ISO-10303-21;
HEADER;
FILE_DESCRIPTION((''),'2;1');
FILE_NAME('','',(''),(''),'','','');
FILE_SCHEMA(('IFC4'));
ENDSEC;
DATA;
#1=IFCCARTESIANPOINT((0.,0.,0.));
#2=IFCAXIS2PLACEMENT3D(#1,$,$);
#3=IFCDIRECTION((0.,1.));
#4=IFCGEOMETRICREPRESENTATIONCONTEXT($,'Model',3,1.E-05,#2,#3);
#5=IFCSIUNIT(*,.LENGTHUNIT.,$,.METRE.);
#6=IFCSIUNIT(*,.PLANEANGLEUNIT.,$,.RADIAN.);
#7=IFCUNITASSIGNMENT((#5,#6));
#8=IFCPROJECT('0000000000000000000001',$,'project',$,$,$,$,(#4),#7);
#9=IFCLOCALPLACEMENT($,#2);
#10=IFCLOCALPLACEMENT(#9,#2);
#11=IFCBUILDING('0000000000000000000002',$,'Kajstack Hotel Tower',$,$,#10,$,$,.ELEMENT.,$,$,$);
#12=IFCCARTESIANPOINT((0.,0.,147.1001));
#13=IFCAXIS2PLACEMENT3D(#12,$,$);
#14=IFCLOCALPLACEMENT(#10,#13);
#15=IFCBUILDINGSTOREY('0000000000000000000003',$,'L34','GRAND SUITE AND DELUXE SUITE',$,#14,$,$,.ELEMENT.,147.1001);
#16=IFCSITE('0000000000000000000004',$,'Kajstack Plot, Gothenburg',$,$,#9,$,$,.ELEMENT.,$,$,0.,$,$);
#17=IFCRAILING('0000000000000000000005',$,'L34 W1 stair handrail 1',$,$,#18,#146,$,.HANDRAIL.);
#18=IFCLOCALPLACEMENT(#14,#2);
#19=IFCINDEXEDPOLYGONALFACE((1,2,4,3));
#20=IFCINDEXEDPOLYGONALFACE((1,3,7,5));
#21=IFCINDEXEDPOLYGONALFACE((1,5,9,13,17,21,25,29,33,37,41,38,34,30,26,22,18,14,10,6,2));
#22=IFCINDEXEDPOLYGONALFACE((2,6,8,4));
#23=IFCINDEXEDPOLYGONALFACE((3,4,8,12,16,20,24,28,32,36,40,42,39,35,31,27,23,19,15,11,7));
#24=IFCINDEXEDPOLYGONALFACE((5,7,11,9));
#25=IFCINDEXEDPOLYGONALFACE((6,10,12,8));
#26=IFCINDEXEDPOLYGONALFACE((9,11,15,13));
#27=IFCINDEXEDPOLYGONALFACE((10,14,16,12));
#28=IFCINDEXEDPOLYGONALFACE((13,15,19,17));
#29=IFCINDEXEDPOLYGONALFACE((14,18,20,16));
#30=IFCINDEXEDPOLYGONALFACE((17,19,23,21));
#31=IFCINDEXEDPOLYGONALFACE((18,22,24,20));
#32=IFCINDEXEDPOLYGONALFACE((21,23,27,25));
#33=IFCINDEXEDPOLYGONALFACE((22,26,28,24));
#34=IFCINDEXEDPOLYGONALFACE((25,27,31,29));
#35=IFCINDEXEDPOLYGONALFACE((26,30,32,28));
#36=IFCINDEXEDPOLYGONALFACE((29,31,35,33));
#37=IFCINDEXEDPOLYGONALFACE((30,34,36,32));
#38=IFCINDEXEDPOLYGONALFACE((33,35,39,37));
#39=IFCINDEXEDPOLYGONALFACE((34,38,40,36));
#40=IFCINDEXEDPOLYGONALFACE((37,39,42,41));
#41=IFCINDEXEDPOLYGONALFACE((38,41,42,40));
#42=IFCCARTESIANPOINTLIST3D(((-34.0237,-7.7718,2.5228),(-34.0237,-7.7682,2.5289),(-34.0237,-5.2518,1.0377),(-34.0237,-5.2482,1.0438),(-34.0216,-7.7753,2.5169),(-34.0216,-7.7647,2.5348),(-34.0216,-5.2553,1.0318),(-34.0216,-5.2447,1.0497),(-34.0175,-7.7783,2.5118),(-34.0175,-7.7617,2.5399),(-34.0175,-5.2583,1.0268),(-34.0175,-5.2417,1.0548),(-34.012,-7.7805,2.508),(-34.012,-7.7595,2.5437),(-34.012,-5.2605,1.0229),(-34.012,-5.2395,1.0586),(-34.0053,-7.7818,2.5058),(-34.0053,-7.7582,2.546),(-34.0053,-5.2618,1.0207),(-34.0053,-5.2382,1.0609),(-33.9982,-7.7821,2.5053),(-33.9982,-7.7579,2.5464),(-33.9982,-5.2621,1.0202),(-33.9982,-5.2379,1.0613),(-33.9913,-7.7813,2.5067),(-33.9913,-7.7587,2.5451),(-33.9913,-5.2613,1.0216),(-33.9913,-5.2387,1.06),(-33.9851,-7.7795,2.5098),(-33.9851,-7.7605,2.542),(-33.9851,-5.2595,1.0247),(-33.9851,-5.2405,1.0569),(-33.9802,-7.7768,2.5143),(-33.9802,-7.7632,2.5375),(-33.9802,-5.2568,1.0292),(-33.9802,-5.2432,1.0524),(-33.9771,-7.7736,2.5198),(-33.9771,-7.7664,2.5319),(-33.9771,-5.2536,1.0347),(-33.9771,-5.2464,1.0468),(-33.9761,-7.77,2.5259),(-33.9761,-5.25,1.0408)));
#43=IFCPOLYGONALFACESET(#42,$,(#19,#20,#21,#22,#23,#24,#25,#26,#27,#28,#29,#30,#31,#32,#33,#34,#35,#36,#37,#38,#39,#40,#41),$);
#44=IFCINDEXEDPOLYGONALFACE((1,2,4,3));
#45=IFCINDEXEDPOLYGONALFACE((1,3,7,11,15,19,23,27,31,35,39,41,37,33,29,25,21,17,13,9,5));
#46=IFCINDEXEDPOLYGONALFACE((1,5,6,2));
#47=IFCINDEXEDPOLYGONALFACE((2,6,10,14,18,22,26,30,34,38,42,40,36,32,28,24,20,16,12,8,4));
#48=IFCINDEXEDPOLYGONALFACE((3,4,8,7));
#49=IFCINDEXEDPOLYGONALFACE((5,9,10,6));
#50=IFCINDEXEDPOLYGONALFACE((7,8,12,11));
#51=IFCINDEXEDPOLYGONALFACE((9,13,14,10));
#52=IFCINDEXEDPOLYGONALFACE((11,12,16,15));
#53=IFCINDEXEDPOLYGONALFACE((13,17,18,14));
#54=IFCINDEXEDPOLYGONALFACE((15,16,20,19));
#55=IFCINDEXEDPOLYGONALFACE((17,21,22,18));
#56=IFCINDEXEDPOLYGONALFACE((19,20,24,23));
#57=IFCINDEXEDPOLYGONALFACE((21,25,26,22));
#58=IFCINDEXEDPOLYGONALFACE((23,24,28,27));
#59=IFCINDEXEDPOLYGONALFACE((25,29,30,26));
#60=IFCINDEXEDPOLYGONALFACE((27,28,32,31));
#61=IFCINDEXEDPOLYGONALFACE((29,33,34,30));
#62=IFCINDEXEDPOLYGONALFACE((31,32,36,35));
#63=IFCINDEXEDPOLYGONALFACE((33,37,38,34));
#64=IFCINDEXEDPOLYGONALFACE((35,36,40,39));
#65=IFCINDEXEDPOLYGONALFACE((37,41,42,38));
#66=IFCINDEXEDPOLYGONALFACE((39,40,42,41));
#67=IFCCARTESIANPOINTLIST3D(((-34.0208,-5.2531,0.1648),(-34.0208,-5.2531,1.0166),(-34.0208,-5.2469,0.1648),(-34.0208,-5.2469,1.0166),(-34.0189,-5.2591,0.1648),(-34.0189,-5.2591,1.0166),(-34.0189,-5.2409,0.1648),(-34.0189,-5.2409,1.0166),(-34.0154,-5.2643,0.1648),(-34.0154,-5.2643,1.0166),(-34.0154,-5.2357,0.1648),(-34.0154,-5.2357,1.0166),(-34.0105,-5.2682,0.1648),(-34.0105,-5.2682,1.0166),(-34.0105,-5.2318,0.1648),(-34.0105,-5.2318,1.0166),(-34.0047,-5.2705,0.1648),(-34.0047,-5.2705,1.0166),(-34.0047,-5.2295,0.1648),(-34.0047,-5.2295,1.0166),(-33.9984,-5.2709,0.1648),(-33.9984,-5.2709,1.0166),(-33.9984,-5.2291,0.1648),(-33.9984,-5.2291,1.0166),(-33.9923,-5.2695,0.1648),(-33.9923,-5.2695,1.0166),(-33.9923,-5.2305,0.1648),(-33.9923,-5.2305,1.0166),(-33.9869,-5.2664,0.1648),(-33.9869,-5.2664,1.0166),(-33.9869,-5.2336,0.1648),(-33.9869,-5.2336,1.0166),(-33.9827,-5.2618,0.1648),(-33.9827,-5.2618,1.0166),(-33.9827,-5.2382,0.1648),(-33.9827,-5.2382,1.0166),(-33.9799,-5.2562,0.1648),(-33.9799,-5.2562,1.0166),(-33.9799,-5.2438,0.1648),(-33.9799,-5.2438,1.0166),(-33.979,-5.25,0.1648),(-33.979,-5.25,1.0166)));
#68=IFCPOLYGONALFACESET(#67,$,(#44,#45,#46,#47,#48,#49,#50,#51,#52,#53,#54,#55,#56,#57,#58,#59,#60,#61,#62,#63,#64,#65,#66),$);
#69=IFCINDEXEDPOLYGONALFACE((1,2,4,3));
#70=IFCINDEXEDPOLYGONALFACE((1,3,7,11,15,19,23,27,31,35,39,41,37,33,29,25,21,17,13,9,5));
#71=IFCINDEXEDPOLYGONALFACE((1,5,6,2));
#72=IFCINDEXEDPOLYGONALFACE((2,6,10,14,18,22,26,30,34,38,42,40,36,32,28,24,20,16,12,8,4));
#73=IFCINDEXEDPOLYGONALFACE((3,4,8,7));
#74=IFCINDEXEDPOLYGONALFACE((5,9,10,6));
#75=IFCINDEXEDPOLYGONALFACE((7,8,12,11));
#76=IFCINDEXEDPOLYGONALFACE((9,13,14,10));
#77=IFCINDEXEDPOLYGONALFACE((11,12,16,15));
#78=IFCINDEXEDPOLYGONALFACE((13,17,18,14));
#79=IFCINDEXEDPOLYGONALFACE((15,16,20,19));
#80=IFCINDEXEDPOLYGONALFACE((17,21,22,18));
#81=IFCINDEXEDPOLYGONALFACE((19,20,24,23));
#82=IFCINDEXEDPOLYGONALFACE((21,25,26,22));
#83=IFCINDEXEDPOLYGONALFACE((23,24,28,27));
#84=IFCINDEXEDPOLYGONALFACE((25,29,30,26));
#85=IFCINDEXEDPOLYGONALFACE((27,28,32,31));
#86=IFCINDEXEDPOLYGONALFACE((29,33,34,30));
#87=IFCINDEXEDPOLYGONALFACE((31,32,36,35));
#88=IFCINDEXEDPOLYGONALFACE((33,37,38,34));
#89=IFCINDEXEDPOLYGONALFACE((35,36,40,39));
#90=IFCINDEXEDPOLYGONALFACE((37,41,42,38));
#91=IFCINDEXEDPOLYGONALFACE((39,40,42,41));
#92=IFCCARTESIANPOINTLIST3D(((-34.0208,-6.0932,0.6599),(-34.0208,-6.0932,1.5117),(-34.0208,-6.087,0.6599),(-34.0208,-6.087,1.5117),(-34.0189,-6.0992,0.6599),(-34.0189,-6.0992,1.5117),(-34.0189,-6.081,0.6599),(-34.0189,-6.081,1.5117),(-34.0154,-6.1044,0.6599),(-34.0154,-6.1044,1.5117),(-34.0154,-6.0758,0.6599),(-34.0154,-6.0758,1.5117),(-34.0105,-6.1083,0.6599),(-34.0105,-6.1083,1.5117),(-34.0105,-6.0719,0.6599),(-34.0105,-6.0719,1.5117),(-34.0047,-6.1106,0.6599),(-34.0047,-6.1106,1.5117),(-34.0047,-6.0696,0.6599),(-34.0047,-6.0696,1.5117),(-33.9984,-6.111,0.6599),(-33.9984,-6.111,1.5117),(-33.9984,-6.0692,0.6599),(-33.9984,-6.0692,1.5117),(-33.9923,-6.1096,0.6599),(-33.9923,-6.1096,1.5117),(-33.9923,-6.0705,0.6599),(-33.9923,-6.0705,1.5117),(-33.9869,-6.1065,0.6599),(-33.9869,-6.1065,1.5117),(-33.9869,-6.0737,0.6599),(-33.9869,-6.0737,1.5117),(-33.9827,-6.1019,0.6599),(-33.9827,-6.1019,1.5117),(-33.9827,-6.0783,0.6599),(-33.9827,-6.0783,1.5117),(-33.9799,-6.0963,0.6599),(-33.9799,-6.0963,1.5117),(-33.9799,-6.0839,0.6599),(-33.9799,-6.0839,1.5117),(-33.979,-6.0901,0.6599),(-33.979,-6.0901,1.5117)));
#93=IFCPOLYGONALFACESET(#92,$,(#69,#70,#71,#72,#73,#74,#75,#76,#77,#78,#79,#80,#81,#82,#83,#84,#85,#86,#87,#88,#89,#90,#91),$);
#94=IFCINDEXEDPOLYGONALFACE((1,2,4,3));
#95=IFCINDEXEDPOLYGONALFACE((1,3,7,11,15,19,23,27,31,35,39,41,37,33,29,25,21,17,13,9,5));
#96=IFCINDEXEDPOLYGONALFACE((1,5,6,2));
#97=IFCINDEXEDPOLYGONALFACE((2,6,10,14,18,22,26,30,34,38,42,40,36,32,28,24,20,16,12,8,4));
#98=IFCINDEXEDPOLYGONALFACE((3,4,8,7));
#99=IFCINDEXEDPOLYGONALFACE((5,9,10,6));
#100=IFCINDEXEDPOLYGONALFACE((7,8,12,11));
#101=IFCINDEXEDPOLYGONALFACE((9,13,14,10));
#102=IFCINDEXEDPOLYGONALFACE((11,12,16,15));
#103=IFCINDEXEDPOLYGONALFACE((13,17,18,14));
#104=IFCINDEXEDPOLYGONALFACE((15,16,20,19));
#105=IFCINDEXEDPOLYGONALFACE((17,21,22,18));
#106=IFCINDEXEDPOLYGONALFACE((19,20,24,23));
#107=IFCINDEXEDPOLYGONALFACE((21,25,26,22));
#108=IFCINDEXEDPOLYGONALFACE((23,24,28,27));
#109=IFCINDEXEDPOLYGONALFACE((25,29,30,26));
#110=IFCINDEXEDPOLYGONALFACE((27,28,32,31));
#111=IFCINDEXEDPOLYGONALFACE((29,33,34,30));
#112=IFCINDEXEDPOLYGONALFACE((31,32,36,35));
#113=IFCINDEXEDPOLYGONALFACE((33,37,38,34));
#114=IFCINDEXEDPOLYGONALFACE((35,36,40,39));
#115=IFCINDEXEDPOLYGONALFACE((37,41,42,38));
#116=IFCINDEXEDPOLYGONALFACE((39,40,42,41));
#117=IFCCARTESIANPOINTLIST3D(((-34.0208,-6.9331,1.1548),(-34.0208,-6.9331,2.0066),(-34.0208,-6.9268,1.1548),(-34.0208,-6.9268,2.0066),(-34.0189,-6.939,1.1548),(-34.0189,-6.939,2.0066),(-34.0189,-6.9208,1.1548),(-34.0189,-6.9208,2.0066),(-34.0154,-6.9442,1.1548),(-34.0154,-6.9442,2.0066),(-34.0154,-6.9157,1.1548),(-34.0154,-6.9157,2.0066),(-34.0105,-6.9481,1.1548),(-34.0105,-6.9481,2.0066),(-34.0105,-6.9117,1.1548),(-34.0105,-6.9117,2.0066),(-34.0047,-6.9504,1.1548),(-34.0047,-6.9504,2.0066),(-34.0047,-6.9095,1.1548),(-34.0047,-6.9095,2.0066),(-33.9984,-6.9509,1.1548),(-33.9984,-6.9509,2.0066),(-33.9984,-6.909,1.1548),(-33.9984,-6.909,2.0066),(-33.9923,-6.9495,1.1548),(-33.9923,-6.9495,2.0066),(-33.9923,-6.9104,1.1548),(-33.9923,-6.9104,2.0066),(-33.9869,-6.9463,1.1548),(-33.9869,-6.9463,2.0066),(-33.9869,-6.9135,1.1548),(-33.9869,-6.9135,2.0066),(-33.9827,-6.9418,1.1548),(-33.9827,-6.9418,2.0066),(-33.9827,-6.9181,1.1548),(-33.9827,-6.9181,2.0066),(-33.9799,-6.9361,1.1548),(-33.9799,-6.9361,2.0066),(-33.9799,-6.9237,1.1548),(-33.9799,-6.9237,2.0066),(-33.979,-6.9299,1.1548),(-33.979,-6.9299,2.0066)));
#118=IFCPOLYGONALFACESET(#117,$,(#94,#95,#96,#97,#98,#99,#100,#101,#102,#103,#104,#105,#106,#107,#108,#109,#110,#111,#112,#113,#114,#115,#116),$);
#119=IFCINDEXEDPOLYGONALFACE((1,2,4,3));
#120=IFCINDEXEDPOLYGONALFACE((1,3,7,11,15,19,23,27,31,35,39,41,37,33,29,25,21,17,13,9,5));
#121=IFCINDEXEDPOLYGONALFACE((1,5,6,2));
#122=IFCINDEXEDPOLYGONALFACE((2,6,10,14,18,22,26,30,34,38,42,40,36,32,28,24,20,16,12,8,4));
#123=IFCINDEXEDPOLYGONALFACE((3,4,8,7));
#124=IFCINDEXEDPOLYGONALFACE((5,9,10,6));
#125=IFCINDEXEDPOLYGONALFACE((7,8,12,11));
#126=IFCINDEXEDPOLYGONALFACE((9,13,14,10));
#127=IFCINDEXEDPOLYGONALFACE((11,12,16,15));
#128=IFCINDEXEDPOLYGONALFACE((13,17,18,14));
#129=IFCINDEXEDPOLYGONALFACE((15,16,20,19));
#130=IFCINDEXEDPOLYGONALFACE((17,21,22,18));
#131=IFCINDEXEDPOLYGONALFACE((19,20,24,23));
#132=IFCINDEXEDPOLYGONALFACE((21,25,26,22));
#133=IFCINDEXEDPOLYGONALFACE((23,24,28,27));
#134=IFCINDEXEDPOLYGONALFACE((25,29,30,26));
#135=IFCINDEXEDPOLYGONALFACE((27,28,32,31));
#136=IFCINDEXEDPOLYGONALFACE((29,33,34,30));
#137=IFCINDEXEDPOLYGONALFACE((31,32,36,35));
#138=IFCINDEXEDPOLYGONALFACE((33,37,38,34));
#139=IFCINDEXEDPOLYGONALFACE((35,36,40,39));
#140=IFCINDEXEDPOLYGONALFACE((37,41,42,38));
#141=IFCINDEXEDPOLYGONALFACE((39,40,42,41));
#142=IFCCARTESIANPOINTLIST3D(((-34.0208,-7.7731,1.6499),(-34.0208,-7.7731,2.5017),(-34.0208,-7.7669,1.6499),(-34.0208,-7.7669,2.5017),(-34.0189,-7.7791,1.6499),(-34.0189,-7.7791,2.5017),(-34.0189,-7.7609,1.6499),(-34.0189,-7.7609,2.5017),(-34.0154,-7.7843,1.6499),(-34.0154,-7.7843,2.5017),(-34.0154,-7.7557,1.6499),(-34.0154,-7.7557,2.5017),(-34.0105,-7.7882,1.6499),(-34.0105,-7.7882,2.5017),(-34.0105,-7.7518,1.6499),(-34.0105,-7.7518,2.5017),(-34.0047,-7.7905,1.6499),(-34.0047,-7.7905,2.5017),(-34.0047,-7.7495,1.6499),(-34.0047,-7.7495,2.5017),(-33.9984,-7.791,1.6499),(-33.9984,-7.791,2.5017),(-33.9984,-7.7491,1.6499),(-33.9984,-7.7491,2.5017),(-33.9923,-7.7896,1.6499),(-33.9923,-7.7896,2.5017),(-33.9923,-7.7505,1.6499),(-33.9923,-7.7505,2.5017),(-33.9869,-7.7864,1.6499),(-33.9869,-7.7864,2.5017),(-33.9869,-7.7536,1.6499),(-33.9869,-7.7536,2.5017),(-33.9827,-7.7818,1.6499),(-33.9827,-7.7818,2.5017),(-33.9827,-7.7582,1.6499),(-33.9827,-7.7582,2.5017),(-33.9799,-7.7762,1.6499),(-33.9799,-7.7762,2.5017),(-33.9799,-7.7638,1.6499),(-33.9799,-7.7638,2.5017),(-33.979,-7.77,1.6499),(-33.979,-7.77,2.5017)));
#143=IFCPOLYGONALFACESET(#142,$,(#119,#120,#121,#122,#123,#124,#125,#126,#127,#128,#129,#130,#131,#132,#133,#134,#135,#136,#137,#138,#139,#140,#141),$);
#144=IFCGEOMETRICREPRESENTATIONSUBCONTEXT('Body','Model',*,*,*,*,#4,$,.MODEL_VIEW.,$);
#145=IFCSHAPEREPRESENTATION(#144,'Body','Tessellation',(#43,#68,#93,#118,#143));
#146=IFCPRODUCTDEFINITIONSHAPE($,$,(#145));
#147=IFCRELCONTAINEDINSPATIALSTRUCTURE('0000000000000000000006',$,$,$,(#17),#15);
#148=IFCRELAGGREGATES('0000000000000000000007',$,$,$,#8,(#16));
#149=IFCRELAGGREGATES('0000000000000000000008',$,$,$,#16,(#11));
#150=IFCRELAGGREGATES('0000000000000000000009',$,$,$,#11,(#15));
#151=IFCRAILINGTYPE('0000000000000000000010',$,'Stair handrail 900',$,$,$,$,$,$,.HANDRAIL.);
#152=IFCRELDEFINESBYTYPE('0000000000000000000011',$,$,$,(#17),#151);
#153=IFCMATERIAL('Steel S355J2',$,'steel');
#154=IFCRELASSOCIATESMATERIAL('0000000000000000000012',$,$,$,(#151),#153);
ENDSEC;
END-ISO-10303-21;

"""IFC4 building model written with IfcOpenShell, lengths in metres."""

from ifc_helpers import new_model, si_unit, direction, frame, origin, origin_2d, place, context, subcontext, project, spatial, circle, extrude, material, type_object, element, save


model = new_model("IFC4")

# Units and contexts
model_context = context("Model", 3, precision=1e-05, world=origin(), true_north=direction((0.0, 1.0)))
body_context = subcontext(model_context, "Body", "Model", "MODEL_VIEW")
ifc_project = project(units=[si_unit("LENGTHUNIT", "METRE"), si_unit("PLANEANGLEUNIT", "RADIAN")], contexts=[model_context])

# Site, building, storey
site_placement = place(None, origin())
site = spatial("IfcSite", under=ifc_project, at=site_placement, Name="Kajstack Plot, Gothenburg", CompositionType="ELEMENT", RefElevation=0.0)
building_placement = place(site_placement, origin())
building = spatial("IfcBuilding", under=site, at=building_placement, Name="Kajstack Hotel Tower", CompositionType="ELEMENT")
storey_placement = place(building_placement, frame((0.0, 0.0, 147.1001)))
storey = spatial("IfcBuildingStorey", under=building, at=storey_placement, Name="L34", Description="GRAND SUITE AND DELUXE SUITE", CompositionType="ELEMENT", Elevation=147.1001)

# Railing
ifc_material_1 = material(Name="Steel S355J2", Category="steel")
railing_type_1 = type_object("IfcRailingType", Name="Stair handrail 900", PredefinedType="HANDRAIL", material=ifc_material_1)
railing_1_placement = place(storey_placement, frame((-34.0, -5.25, 0.1648)))
element("IfcRailing", 1, at=railing_1_placement, inside=storey, type_object=railing_type_1, Name="L34 W1 stair handrail 1", PredefinedType="HANDRAIL", context=body_context, shape_type="SweptSolid", body=[
    extrude(circle(Radius=0.0239, at=origin_2d()), frame((0.0, 0.0, 0.876), z_axis=(0.0, -0.861524, 0.507717), x_axis=(1.0, 0.0, 0.0)), (0.0, 0.0, 1.0), 2.925),
    extrude(circle(Radius=0.021, at=origin_2d()), origin(), (0.0, 0.0, 1.0), 0.8518),
    extrude(circle(Radius=0.021, at=origin_2d()), frame((0.0, -0.8401, 0.4951)), (0.0, 0.0, 1.0), 0.8518),
    extrude(circle(Radius=0.021, at=origin_2d()), frame((0.0, -1.6799, 0.99)), (0.0, 0.0, 1.0), 0.8518),
    extrude(circle(Radius=0.021, at=origin_2d()), frame((0.0, -2.52, 1.4851)), (0.0, 0.0, 1.0), 0.8518),
])

save(model, "model.ifc")
